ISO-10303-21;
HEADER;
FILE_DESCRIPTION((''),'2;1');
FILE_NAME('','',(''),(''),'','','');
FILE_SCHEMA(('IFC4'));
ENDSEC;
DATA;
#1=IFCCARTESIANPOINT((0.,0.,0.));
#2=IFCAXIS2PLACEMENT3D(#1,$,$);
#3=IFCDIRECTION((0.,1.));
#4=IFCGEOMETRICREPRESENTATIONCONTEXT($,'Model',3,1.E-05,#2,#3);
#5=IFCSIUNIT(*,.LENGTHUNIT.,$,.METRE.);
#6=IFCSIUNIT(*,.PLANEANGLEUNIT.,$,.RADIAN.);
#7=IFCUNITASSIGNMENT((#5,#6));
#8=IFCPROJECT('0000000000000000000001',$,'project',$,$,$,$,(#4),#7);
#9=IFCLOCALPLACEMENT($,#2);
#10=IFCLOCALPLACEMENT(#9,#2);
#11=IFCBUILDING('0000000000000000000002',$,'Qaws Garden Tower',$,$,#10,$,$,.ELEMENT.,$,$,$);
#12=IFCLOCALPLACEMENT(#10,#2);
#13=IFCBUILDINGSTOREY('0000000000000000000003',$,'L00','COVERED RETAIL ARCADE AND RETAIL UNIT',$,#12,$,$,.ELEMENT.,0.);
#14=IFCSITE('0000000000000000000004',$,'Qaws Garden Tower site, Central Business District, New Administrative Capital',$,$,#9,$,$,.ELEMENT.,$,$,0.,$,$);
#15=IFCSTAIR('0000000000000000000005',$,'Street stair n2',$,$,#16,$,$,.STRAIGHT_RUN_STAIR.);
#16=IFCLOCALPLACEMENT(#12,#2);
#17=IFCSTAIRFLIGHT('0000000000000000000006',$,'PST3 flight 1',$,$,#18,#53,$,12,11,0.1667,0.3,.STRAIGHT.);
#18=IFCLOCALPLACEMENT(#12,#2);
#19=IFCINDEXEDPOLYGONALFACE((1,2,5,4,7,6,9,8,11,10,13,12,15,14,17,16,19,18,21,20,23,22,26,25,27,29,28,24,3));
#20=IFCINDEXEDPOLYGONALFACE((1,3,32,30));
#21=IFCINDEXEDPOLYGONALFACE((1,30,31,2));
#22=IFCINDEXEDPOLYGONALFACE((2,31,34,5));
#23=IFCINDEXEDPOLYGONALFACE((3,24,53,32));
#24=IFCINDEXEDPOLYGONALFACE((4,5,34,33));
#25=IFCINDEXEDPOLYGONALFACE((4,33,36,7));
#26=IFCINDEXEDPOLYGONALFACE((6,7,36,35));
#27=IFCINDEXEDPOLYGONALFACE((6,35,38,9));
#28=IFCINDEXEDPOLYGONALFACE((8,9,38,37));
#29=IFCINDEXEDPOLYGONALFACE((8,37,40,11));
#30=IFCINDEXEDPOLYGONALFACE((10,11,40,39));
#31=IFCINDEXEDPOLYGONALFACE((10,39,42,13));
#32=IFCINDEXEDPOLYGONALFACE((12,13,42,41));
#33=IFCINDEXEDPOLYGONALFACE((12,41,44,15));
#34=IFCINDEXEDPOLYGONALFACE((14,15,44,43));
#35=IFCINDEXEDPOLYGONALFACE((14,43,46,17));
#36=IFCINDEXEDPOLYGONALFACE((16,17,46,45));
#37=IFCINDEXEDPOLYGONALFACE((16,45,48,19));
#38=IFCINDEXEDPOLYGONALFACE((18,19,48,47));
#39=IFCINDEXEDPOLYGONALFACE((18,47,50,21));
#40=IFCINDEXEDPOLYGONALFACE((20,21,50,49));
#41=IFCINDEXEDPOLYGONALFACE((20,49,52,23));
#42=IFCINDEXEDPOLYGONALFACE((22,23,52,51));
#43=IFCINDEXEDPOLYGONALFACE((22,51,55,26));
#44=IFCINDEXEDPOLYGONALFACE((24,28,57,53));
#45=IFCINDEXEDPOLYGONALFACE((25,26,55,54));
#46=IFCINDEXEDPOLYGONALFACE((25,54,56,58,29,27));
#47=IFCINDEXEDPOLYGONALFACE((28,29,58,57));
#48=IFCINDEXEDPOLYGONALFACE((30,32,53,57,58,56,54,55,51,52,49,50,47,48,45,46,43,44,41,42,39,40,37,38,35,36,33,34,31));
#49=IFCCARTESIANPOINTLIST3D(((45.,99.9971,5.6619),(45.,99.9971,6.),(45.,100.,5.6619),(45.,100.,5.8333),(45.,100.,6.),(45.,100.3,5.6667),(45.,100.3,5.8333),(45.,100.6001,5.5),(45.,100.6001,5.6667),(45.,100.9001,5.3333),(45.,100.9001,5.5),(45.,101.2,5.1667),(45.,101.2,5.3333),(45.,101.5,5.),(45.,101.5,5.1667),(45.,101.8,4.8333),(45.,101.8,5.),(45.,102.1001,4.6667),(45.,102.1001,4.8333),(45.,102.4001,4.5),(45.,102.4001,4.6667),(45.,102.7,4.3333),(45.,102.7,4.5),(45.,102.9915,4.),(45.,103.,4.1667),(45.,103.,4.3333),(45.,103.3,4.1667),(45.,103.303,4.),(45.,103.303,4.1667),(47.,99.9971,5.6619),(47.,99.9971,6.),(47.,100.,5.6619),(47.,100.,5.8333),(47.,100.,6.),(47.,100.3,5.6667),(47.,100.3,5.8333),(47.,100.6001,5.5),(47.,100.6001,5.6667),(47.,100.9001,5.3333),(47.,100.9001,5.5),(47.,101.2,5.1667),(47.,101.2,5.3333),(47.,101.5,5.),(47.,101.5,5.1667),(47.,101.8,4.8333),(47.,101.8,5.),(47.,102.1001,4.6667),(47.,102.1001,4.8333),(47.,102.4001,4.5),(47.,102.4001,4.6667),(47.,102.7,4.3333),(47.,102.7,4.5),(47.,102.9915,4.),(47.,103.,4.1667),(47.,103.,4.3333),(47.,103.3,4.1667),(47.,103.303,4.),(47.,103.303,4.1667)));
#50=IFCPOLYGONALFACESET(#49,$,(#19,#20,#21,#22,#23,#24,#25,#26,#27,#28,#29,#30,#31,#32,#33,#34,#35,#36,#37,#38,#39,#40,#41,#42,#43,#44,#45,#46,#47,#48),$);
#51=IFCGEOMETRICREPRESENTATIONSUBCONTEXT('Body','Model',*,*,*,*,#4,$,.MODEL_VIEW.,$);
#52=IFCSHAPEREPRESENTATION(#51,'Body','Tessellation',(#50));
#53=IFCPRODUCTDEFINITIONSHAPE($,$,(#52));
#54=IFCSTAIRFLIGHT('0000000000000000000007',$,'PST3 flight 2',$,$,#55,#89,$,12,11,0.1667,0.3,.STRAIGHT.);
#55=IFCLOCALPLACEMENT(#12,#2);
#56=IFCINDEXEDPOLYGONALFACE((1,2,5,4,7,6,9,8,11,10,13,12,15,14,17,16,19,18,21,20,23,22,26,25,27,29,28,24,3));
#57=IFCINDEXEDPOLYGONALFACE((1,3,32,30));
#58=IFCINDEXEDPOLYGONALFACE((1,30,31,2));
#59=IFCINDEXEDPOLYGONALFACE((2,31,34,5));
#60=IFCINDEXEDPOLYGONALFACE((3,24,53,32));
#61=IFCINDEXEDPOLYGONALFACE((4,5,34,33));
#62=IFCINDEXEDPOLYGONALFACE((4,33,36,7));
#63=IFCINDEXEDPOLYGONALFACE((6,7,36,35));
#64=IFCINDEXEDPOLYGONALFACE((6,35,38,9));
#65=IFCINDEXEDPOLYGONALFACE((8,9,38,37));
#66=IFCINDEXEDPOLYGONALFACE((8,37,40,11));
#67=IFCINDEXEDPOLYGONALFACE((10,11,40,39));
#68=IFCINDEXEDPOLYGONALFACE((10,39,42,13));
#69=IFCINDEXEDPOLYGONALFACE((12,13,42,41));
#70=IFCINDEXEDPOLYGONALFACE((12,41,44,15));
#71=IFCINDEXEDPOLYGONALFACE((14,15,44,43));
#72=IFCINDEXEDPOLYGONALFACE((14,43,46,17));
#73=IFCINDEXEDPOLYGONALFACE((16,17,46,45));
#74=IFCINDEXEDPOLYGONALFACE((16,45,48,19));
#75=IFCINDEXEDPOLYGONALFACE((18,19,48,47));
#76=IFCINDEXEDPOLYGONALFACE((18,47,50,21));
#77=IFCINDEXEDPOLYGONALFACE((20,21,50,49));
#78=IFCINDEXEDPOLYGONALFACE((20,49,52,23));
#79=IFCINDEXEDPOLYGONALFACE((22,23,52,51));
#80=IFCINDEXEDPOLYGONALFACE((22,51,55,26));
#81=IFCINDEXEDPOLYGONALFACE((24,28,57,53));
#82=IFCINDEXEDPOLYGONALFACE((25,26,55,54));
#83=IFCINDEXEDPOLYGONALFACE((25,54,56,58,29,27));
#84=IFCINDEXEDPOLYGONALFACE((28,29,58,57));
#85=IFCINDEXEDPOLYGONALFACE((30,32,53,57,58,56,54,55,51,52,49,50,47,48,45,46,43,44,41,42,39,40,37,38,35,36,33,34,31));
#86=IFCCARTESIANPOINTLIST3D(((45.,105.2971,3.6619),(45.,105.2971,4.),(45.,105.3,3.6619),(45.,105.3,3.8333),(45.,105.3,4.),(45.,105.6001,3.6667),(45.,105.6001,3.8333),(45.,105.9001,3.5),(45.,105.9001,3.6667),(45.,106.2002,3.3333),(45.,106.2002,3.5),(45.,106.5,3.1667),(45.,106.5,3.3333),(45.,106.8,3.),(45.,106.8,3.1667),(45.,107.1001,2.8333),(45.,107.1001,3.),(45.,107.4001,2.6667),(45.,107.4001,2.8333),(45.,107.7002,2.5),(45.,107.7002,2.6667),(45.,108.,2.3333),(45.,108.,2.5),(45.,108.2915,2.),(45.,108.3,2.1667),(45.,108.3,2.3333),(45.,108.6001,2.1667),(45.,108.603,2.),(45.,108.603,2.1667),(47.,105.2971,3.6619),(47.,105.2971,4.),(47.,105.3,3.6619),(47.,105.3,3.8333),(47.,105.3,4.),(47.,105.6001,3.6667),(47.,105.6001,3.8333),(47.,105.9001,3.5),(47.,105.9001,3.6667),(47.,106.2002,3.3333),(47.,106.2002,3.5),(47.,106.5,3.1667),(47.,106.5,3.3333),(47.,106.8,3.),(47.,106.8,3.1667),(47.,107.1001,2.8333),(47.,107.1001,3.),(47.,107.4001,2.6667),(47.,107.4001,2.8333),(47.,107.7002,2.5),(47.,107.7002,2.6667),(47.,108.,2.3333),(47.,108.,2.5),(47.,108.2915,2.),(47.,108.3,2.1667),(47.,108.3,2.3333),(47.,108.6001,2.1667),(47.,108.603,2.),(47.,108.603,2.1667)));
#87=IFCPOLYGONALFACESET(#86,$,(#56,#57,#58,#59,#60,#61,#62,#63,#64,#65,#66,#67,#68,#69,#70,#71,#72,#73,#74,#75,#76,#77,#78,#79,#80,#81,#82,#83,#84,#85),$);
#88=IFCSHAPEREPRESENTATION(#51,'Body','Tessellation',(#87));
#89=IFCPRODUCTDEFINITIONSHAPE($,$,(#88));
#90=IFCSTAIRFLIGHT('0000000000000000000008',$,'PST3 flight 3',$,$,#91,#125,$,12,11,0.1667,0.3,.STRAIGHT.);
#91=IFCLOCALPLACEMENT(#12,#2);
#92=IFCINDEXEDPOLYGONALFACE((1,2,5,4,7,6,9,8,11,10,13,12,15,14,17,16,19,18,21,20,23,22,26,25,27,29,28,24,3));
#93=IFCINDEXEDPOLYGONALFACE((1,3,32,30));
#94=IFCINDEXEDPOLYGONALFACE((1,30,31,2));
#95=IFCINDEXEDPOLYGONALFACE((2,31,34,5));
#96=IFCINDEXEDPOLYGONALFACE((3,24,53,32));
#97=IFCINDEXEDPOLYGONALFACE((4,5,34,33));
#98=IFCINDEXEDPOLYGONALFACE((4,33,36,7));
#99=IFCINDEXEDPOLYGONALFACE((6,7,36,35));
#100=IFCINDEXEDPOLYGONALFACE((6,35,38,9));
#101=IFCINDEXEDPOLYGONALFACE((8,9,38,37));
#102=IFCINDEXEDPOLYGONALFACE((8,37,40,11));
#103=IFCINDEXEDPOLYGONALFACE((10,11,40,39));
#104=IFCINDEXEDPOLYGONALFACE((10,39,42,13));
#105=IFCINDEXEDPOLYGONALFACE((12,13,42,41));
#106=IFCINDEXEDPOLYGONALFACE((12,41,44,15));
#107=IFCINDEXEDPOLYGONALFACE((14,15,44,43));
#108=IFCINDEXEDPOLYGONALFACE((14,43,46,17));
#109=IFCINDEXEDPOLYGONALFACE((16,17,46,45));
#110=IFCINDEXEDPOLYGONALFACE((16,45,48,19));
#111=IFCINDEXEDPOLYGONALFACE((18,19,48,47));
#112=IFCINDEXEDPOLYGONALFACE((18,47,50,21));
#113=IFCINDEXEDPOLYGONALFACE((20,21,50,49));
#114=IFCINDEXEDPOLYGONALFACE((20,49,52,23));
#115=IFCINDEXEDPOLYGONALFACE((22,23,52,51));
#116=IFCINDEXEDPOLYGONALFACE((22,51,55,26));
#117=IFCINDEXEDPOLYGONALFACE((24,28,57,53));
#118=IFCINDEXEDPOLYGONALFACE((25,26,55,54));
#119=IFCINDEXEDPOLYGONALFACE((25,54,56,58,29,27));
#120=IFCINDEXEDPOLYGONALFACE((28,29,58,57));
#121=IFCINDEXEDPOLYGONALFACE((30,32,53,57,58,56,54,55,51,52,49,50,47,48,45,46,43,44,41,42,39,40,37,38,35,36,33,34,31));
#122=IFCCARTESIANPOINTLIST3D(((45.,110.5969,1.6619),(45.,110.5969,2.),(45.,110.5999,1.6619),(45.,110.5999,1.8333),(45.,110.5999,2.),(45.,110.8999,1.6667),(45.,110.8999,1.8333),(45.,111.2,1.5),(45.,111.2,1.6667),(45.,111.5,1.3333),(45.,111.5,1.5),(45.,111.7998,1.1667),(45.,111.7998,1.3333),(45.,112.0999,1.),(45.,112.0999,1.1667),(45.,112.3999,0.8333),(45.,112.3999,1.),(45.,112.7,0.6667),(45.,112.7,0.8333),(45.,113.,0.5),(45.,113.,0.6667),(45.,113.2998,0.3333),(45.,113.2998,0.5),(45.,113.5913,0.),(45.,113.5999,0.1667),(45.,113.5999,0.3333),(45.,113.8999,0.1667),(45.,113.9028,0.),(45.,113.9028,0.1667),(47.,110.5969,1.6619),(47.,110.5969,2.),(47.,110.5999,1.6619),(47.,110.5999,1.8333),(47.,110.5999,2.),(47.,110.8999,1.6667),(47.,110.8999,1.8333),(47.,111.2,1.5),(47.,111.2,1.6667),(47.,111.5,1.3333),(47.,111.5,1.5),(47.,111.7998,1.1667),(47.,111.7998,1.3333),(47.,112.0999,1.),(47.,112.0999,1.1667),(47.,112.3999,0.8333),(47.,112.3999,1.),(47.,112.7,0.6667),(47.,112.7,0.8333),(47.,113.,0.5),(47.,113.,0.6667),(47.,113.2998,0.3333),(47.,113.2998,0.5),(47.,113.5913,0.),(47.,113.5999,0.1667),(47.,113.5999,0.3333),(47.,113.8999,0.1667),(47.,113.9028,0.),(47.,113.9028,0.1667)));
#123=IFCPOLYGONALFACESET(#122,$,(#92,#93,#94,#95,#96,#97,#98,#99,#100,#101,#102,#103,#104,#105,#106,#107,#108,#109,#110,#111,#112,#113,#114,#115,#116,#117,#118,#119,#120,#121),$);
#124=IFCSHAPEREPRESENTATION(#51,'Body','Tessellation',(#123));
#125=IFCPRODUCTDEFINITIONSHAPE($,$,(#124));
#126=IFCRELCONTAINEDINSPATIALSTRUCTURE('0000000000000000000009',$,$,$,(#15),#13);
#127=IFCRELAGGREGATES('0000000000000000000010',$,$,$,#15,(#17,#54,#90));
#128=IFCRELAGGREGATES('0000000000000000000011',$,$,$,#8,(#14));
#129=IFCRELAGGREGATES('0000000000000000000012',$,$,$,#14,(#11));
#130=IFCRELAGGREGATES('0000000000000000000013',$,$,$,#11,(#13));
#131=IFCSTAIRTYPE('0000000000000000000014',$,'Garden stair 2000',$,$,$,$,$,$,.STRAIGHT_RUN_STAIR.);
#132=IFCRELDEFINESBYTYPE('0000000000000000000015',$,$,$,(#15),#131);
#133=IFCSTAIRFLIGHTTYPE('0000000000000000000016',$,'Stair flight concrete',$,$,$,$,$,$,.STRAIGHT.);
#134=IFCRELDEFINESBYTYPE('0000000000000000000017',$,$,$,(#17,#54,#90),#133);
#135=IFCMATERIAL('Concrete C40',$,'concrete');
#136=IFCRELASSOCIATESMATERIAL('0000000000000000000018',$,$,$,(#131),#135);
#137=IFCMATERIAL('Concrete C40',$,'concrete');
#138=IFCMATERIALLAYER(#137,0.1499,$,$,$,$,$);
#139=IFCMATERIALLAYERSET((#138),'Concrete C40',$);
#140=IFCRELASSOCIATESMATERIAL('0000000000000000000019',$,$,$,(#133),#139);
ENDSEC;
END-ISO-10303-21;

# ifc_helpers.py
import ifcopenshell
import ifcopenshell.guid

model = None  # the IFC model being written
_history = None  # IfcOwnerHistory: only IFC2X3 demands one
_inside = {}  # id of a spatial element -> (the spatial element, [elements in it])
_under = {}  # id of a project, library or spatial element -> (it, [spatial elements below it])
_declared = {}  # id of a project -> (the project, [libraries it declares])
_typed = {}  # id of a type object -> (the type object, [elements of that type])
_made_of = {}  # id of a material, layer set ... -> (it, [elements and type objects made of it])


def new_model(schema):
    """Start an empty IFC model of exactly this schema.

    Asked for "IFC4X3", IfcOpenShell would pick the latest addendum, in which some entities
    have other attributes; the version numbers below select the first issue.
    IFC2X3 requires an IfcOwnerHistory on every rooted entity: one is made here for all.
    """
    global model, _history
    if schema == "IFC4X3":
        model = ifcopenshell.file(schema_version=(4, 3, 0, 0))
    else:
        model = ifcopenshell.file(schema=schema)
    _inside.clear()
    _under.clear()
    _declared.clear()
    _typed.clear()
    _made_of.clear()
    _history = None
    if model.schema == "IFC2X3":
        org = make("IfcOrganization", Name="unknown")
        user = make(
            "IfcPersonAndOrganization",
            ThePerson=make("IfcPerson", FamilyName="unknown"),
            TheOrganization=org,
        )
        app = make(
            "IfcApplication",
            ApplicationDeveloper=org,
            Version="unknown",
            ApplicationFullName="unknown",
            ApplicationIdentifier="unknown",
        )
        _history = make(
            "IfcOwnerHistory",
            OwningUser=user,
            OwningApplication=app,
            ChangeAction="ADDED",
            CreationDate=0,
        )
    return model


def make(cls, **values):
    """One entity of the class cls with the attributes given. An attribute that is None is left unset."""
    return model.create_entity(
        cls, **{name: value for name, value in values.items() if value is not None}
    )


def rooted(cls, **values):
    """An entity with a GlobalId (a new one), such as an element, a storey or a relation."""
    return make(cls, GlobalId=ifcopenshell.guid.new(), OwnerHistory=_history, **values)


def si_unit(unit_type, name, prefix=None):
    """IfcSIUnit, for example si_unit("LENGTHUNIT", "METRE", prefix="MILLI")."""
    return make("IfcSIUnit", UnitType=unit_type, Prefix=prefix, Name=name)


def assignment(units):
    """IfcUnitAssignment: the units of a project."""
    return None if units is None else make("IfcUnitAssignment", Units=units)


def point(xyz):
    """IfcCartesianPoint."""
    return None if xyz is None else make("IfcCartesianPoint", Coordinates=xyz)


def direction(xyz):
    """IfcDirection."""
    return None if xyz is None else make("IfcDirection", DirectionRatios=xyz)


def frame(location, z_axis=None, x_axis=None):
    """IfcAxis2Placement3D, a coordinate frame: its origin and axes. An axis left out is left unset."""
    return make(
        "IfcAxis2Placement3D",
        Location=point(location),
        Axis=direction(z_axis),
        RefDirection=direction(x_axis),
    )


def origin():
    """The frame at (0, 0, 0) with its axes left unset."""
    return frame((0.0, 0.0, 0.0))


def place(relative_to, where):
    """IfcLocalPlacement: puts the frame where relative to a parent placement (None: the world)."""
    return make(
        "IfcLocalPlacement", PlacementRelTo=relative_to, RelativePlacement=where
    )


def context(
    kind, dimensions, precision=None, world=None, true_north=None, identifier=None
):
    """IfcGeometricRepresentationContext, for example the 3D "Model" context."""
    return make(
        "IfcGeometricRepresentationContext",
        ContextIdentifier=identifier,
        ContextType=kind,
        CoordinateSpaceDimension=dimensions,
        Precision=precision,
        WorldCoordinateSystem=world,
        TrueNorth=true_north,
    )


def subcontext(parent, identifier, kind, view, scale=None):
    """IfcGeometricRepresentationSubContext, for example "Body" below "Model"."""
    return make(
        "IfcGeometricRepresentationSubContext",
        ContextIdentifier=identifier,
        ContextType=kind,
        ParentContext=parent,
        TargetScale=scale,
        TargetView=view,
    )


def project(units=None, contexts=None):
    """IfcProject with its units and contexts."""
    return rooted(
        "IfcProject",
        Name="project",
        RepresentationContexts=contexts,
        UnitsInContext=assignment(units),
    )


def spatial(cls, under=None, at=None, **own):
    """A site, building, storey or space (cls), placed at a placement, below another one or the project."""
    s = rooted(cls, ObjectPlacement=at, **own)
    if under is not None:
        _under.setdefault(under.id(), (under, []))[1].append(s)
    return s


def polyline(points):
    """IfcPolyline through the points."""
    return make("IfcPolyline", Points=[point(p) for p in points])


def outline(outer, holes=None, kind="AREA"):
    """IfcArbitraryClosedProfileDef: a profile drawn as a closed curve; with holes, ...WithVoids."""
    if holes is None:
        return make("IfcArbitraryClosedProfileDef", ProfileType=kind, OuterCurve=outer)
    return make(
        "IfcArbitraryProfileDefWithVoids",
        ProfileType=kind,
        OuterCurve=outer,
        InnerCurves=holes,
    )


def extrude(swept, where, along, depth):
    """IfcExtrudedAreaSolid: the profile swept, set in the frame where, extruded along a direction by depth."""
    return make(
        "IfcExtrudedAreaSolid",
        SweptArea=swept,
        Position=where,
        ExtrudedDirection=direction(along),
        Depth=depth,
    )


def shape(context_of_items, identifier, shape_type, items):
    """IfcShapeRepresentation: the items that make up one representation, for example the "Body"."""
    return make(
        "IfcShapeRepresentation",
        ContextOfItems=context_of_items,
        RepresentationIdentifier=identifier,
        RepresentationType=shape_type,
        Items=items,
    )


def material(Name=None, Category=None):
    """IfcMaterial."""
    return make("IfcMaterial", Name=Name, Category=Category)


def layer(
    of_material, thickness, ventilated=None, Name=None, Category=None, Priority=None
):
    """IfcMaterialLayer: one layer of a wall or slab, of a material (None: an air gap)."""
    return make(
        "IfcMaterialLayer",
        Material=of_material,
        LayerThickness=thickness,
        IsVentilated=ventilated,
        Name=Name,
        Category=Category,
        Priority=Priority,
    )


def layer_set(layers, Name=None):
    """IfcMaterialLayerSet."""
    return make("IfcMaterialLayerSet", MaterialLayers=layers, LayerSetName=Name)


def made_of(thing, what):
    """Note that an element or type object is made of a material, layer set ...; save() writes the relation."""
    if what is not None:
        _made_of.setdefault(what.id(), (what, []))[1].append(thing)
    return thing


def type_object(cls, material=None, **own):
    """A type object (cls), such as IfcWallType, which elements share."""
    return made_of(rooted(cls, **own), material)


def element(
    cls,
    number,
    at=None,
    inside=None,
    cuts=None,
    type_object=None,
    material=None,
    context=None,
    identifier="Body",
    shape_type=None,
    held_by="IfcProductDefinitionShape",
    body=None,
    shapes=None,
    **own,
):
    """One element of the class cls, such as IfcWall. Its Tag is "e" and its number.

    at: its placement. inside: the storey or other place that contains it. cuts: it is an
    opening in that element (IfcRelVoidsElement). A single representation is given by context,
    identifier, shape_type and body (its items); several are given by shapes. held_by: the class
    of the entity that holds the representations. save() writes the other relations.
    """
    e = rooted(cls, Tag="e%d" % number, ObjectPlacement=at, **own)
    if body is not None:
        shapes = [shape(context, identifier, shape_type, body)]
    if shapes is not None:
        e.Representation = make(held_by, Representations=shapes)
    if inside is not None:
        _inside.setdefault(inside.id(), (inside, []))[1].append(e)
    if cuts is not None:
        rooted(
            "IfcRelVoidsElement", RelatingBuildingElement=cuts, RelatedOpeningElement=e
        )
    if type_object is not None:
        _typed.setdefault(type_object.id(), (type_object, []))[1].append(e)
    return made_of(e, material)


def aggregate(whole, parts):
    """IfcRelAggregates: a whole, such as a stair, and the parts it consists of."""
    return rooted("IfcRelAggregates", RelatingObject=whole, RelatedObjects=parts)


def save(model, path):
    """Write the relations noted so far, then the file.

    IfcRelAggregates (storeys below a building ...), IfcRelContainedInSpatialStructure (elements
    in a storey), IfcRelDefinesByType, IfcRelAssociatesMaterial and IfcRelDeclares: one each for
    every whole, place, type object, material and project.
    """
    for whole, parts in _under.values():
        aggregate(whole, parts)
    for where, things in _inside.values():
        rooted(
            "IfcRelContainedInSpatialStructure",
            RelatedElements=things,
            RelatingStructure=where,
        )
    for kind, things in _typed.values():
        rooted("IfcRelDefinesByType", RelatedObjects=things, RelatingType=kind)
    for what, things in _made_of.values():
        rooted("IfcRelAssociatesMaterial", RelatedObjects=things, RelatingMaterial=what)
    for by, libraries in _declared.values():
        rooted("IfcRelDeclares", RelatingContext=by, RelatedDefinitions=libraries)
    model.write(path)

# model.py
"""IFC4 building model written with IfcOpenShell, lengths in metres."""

from ifc_helpers import new_model, si_unit, direction, frame, origin, place, context, subcontext, project, spatial, polyline, outline, extrude, material, layer, layer_set, type_object, element, aggregate, save


model = new_model("IFC4")

# Units and contexts
model_context = context("Model", 3, precision=1e-05, world=origin(), true_north=direction((0.0, 1.0)))
body_context = subcontext(model_context, "Body", "Model", "MODEL_VIEW")
ifc_project = project(units=[si_unit("LENGTHUNIT", "METRE"), si_unit("PLANEANGLEUNIT", "RADIAN")], contexts=[model_context])

# Site, building, storey
site_placement = place(None, origin())
site = spatial("IfcSite", under=ifc_project, at=site_placement, Name="Qaws Garden Tower site, Central Business District, New Administrative Capital", CompositionType="ELEMENT", RefElevation=0.0)
building_placement = place(site_placement, origin())
building = spatial("IfcBuilding", under=site, at=building_placement, Name="Qaws Garden Tower", CompositionType="ELEMENT")
storey_placement = place(building_placement, origin())
storey = spatial("IfcBuildingStorey", under=building, at=storey_placement, Name="L00", Description="COVERED RETAIL ARCADE AND RETAIL UNIT", CompositionType="ELEMENT", Elevation=0.0)

# Stair, stair flights
ifc_material_1 = material(Name="Concrete C40", Category="concrete")
stair_type = type_object("IfcStairType", Name="Garden stair 2000", PredefinedType="STRAIGHT_RUN_STAIR", material=ifc_material_1)
placement = place(storey_placement, origin())
ifc_material_2 = material(Name="Concrete C40", Category="concrete")
ifc_layer_1 = layer(ifc_material_2, 0.1499)
ifc_layer_set_1 = layer_set([ifc_layer_1], Name="Concrete C40")
stair_flight_type = type_object("IfcStairFlightType", Name="Stair flight concrete", PredefinedType="STRAIGHT", material=ifc_layer_set_1)
stair_1 = element("IfcStair", 1, at=placement, inside=storey, type_object=stair_type, Name="Street stair n2", PredefinedType="STRAIGHT_RUN_STAIR")
stair_flight_1_placement = place(storey_placement, frame((46.0, 103.3, 4.0), z_axis=(0.0, 0.0, 1.0), x_axis=(0.0, -1.0, 0.0)))
stair_flight_1 = element("IfcStairFlight", 2, at=stair_flight_1_placement, type_object=stair_flight_type, Name="PST3 flight 1", NumberOfRisers=12, NumberOfTreads=11, PredefinedType="STRAIGHT", RiserHeight=0.1667, TreadLength=0.3, context=body_context, shape_type="SweptSolid", body=[
    extrude(outline(polyline([(-0.0029, 0.0), (-0.0029, 0.1667), (0.0, 0.1667), (0.3, 0.1667), (0.3, 0.3333), (0.6001, 0.3333), (0.6001, 0.5), (0.8999, 0.5), (0.8999, 0.6667), (1.2, 0.6667), (1.2, 0.8333), (1.5, 0.8333), (1.5, 1.0), (1.8, 1.0), (1.8, 1.1667), (2.1001, 1.1667), (2.1001, 1.3333), (2.3999, 1.3333), (2.3999, 1.5), (2.7, 1.5), (2.7, 1.6667), (3.0, 1.6667), (3.0, 1.8333), (3.3, 1.8333), (3.3, 2.0), (3.303, 2.0), (3.303, 1.6619), (3.3, 1.6619), (0.3086, 0.0), (-0.0029, 0.0)])), frame((0.0, 1.0, 0.0), z_axis=(0.0, -1.0, 0.0), x_axis=(1.0, 0.0, 0.0)), (0.0, 0.0, 1.0), 2.0),
])
stair_flight_2_placement = place(storey_placement, frame((46.0, 108.6001, 2.0), z_axis=(0.0, 0.0, 1.0), x_axis=(0.0, -1.0, 0.0)))
stair_flight_2 = element("IfcStairFlight", 3, at=stair_flight_2_placement, type_object=stair_flight_type, Name="PST3 flight 2", NumberOfRisers=12, NumberOfTreads=11, PredefinedType="STRAIGHT", RiserHeight=0.1667, TreadLength=0.3, context=body_context, shape_type="SweptSolid", body=[
    extrude(outline(polyline([(-0.0029, 0.0), (-0.0029, 0.1667), (0.0, 0.1667), (0.3, 0.1667), (0.3, 0.3333), (0.6001, 0.3333), (0.6001, 0.5), (0.8999, 0.5), (0.8999, 0.6667), (1.2, 0.6667), (1.2, 0.8333), (1.5, 0.8333), (1.5, 1.0), (1.8, 1.0), (1.8, 1.1667), (2.1001, 1.1667), (2.1001, 1.3333), (2.3999, 1.3333), (2.3999, 1.5), (2.7, 1.5), (2.7, 1.6667), (3.0, 1.6667), (3.0, 1.8333), (3.3, 1.8333), (3.3, 2.0), (3.303, 2.0), (3.303, 1.6619), (3.3, 1.6619), (0.3086, 0.0), (-0.0029, 0.0)])), frame((0.0, 1.0, 0.0), z_axis=(0.0, -1.0, 0.0), x_axis=(1.0, 0.0, 0.0)), (0.0, 0.0, 1.0), 2.0),
])
stair_flight_3_placement = place(storey_placement, frame((46.0, 113.8999, 0.0), z_axis=(0.0, 0.0, 1.0), x_axis=(0.0, -1.0, 0.0)))
stair_flight_3 = element("IfcStairFlight", 4, at=stair_flight_3_placement, type_object=stair_flight_type, Name="PST3 flight 3", NumberOfRisers=12, NumberOfTreads=11, PredefinedType="STRAIGHT", RiserHeight=0.1667, TreadLength=0.3, context=body_context, shape_type="SweptSolid", body=[
    extrude(outline(polyline([(-0.0029, 0.0), (-0.0029, 0.1667), (0.0, 0.1667), (0.3, 0.1667), (0.3, 0.3333), (0.6001, 0.3333), (0.6001, 0.5), (0.8999, 0.5), (0.8999, 0.6667), (1.2, 0.6667), (1.2, 0.8333), (1.5, 0.8333), (1.5, 1.0), (1.8, 1.0), (1.8, 1.1667), (2.1001, 1.1667), (2.1001, 1.3333), (2.3999, 1.3333), (2.3999, 1.5), (2.7, 1.5), (2.7, 1.6667), (3.0, 1.6667), (3.0, 1.8333), (3.3, 1.8333), (3.3, 2.0), (3.303, 2.0), (3.303, 1.6619), (3.3, 1.6619), (0.3086, 0.0), (-0.0029, 0.0)])), frame((0.0, 1.0, 0.0), z_axis=(0.0, -1.0, 0.0), x_axis=(1.0, 0.0, 0.0)), (0.0, 0.0, 1.0), 2.0),
])
aggregate(stair_1, [stair_flight_1, stair_flight_2, stair_flight_3])

save(model, "model.ifc")
